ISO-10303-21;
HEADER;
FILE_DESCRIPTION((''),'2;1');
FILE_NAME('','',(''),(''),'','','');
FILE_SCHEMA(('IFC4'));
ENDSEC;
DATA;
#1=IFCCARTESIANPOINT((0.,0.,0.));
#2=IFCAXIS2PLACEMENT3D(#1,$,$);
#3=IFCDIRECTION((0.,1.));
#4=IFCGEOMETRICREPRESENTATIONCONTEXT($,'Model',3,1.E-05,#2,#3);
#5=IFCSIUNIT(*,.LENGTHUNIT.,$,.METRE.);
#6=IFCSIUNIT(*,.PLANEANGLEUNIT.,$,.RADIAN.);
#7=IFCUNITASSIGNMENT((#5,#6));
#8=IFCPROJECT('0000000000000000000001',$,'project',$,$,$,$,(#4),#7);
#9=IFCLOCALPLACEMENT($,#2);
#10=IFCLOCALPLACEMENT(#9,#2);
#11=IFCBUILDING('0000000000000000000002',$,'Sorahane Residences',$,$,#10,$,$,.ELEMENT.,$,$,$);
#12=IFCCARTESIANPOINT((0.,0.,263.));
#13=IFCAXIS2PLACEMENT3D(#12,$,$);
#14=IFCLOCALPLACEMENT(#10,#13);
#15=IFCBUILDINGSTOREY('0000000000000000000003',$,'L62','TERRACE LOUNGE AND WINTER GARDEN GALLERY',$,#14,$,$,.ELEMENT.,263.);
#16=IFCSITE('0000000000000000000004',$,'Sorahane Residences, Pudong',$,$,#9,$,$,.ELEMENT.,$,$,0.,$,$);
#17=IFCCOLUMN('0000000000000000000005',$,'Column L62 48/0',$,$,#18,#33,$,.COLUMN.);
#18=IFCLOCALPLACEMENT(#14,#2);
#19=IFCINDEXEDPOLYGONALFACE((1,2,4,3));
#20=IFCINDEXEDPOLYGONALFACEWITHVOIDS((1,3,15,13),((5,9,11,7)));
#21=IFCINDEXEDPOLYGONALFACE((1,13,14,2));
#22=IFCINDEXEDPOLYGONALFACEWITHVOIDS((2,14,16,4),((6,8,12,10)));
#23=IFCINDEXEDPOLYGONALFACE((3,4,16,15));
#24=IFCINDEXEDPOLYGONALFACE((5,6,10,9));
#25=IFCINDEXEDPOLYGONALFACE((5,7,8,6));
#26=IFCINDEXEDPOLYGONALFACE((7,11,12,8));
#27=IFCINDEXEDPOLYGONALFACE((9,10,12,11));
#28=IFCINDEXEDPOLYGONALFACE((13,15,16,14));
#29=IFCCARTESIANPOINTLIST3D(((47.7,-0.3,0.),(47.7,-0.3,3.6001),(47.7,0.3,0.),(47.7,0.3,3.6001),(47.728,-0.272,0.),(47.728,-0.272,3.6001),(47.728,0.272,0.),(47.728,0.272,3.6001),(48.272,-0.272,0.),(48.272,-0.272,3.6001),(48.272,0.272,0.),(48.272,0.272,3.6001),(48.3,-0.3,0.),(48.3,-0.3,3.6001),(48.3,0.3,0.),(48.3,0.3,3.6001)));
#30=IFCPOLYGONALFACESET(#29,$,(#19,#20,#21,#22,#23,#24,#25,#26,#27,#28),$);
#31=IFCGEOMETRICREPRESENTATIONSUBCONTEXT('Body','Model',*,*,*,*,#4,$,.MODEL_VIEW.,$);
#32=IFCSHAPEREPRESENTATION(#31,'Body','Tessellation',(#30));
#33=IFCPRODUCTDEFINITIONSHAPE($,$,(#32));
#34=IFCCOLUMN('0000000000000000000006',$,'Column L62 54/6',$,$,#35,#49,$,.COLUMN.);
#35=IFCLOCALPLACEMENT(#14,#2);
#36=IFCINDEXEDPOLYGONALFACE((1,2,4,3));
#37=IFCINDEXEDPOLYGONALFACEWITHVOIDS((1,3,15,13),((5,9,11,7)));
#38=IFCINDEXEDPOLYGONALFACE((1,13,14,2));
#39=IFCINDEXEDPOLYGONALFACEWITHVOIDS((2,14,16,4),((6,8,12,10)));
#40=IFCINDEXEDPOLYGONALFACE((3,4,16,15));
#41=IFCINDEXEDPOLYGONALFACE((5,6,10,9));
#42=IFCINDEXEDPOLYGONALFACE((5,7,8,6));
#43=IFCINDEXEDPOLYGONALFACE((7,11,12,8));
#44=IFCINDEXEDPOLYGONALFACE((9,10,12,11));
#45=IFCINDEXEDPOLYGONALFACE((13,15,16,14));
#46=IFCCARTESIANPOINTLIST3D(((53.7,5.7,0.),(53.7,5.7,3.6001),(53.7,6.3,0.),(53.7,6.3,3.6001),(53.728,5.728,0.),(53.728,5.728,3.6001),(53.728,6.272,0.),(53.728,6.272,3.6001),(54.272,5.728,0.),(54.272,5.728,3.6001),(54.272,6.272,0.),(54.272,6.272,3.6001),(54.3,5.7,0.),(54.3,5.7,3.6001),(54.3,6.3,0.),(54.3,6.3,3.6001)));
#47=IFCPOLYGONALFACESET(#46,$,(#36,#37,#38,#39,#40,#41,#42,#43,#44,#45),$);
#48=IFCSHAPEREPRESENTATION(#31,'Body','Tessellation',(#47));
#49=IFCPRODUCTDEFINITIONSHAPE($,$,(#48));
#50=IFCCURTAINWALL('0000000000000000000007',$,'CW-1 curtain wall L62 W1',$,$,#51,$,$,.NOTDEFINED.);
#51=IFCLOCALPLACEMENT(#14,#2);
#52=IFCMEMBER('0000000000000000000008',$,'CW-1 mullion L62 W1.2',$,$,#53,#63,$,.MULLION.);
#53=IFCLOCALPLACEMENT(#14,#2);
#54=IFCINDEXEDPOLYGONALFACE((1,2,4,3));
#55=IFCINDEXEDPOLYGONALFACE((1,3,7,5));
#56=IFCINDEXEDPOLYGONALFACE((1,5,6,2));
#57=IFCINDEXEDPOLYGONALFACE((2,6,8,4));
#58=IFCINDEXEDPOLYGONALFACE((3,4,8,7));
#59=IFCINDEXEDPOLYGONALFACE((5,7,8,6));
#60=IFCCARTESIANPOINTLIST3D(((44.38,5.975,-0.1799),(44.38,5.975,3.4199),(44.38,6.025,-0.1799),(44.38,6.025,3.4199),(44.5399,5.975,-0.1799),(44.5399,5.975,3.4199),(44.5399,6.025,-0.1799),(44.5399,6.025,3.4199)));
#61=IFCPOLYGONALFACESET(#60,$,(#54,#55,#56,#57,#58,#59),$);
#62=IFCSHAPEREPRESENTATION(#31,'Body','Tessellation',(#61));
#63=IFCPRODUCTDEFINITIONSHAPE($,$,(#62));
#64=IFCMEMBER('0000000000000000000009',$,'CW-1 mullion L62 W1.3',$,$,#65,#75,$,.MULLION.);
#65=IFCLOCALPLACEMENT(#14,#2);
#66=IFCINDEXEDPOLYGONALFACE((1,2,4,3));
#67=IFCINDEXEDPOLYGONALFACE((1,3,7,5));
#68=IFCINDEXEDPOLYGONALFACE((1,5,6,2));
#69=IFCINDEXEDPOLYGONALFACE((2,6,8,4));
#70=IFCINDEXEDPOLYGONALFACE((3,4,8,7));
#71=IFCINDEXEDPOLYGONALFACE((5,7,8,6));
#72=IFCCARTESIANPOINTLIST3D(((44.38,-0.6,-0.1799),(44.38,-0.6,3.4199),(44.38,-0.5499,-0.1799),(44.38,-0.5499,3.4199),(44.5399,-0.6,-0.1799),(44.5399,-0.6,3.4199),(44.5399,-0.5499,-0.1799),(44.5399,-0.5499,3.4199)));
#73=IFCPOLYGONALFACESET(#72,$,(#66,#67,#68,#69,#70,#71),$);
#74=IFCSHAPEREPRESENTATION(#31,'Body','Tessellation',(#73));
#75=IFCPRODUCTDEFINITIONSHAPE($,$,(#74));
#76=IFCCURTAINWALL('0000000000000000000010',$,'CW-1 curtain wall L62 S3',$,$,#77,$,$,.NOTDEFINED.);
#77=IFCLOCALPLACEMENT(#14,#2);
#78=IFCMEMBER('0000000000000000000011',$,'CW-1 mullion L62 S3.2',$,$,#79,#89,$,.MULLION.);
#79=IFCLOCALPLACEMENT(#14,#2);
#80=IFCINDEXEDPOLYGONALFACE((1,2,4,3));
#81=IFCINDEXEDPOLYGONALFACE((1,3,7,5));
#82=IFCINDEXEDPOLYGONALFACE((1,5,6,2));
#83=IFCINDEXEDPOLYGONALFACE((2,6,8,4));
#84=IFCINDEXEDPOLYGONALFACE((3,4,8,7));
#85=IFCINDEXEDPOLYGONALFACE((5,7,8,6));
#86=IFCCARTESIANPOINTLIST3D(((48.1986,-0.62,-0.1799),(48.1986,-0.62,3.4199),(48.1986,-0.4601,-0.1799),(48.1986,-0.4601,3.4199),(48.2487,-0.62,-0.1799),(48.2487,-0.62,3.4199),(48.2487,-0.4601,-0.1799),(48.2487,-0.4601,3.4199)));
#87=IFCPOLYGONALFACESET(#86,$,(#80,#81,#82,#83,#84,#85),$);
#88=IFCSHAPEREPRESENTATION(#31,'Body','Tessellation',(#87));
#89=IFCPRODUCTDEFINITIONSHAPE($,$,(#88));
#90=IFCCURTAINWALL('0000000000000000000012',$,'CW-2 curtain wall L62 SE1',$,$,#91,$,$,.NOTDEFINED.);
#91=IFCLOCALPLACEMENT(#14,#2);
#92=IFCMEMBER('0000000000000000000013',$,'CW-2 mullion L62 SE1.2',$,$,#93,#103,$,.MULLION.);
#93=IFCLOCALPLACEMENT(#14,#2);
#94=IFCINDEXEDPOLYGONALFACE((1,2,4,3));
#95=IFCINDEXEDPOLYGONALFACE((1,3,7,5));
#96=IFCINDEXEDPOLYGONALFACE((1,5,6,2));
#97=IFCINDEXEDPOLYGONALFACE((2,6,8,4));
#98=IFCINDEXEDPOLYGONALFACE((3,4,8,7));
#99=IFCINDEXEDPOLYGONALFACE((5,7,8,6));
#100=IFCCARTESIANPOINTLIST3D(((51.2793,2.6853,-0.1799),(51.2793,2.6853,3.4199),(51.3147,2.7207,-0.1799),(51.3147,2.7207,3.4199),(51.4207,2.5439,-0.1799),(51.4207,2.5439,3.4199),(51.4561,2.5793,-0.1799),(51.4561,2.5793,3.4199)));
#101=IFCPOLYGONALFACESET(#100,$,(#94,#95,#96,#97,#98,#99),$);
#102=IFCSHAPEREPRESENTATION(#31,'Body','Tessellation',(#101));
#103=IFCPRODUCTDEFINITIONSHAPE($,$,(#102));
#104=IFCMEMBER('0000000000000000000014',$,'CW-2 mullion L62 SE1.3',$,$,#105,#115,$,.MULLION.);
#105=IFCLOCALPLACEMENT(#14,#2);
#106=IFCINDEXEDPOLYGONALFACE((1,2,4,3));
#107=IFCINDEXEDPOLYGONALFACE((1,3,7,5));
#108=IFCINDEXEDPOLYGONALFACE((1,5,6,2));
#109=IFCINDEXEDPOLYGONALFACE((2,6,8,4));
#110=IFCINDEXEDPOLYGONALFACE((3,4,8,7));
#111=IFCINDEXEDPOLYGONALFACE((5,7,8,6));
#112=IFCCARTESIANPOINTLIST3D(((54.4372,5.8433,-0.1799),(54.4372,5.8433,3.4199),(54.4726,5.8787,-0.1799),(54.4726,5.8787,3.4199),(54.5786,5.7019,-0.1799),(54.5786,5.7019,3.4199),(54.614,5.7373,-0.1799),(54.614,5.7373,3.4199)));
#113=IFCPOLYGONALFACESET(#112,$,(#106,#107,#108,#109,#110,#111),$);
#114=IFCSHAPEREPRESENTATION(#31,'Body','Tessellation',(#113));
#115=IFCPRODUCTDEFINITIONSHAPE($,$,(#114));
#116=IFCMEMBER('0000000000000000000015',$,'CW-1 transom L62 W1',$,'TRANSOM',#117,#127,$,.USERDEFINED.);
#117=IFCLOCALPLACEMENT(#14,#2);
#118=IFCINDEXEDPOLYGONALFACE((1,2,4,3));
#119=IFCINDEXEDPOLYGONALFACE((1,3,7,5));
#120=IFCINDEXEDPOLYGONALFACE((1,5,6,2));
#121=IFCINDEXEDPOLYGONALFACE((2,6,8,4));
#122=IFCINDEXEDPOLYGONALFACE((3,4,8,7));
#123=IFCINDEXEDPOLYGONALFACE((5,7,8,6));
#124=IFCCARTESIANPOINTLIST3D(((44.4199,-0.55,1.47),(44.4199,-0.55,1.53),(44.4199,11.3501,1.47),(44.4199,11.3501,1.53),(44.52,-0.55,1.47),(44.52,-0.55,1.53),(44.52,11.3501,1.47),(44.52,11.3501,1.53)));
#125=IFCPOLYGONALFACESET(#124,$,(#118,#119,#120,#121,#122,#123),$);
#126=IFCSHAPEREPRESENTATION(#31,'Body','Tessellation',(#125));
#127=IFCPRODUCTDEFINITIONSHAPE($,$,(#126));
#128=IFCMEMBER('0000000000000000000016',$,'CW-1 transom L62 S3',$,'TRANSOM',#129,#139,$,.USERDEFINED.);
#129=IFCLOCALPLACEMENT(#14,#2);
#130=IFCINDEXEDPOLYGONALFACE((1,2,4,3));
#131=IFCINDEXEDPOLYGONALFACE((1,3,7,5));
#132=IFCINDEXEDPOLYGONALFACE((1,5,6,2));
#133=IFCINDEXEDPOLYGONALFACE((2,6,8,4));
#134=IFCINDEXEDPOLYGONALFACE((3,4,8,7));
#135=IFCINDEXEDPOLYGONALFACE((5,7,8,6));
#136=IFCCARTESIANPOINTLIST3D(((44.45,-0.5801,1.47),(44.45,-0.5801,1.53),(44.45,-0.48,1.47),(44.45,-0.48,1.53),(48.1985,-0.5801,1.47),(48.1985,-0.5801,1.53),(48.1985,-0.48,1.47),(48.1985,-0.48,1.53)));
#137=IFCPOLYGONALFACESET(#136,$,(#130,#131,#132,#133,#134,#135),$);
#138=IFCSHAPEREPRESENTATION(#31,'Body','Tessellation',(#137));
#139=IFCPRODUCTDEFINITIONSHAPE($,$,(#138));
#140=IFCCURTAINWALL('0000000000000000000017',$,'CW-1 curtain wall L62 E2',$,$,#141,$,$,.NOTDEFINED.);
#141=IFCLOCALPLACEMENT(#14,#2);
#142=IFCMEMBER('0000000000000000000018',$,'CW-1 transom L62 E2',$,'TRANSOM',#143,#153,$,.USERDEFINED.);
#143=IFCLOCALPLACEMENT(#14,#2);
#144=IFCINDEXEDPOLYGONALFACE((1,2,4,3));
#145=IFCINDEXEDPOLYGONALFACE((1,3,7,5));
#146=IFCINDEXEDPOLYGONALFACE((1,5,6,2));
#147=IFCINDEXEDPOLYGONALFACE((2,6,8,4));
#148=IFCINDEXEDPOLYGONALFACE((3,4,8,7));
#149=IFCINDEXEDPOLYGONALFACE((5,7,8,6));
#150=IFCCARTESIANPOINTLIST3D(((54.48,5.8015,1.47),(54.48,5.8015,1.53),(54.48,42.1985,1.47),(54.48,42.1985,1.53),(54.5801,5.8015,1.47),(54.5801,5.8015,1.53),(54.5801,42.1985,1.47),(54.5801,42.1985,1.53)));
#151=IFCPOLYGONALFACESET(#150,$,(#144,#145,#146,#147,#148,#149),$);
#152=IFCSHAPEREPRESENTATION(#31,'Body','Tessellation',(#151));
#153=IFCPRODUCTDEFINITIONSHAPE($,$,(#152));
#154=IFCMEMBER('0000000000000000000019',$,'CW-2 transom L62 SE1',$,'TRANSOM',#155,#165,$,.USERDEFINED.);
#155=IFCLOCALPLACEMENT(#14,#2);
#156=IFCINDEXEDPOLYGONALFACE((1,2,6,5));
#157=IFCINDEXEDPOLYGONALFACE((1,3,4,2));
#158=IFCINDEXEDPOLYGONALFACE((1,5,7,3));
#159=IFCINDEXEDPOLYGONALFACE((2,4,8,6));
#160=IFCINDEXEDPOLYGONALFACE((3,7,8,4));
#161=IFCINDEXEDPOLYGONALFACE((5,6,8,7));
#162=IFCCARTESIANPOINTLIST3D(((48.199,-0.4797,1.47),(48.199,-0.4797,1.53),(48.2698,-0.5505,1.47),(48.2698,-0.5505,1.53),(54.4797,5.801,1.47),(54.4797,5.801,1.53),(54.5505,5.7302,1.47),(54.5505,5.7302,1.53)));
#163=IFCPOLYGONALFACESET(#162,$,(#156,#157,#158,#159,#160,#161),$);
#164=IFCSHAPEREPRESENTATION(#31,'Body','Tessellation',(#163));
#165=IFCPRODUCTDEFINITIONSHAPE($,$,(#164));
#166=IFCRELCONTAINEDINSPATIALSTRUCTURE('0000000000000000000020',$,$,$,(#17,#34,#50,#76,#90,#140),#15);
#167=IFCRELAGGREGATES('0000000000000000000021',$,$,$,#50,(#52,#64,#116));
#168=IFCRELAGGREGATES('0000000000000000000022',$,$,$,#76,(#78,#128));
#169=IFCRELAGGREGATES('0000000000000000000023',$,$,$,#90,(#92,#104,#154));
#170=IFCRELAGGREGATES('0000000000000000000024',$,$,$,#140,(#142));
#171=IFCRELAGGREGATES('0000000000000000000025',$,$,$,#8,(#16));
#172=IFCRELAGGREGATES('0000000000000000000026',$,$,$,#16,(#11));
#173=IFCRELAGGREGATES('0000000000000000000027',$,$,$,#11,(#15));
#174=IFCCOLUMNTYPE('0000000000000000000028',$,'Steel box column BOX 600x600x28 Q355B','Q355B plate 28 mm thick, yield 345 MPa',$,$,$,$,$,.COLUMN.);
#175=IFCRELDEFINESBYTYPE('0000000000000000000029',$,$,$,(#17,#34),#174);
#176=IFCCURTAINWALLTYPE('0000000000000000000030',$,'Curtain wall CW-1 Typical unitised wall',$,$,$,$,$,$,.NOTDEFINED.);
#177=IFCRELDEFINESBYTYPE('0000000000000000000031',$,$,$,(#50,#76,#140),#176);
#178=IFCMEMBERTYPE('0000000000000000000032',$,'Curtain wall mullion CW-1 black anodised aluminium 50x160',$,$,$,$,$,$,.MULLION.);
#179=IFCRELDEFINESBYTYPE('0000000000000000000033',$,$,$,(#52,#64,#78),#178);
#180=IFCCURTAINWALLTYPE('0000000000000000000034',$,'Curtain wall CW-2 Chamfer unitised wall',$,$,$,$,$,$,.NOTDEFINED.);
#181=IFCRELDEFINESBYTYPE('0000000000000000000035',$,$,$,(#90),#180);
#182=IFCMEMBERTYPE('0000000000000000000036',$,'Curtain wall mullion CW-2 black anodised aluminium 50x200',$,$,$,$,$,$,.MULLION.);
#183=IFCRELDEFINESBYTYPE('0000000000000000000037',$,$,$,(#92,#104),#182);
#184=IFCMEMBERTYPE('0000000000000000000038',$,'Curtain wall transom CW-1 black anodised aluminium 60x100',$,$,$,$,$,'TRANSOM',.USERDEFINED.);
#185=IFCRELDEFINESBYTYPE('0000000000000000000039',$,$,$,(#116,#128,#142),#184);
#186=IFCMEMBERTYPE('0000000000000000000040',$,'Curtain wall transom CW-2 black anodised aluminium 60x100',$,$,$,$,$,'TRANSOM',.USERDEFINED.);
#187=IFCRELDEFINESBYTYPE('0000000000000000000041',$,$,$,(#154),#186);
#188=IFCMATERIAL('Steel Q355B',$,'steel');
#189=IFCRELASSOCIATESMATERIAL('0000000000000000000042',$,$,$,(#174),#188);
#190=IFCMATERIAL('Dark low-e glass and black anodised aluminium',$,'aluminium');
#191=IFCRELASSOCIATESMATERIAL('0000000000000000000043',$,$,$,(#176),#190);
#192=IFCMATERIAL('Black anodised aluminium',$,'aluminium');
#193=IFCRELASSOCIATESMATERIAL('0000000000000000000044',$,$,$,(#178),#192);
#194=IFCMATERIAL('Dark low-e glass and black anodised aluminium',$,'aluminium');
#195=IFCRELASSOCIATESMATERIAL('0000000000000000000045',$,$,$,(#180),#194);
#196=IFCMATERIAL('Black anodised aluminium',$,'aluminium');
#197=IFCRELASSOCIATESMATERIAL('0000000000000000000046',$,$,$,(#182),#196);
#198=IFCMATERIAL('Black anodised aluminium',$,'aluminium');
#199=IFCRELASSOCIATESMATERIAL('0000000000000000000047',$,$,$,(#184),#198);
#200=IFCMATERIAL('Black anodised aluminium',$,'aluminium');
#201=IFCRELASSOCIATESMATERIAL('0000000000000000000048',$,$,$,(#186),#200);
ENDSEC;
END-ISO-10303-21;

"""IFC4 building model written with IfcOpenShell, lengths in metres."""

from ifc_helpers import new_model, si_unit, direction, frame, origin, origin_2d, place, context, subcontext, project, spatial, rectangle, hollow_rectangle, extrude, material, material_profile, profile_set, type_object, element, aggregate, save


model = new_model("IFC4")

# Units and contexts
model_context = context("Model", 3, precision=1e-05, world=origin(), true_north=direction((0.0, 1.0)))
body_context = subcontext(model_context, "Body", "Model", "MODEL_VIEW")
ifc_project = project(units=[si_unit("LENGTHUNIT", "METRE"), si_unit("PLANEANGLEUNIT", "RADIAN")], contexts=[model_context])

# Site, building, storey
site_placement = place(None, origin())
site = spatial("IfcSite", under=ifc_project, at=site_placement, Name="Sorahane Residences, Pudong", CompositionType="ELEMENT", RefElevation=0.0)
building_placement = place(site_placement, origin())
building = spatial("IfcBuilding", under=site, at=building_placement, Name="Sorahane Residences", CompositionType="ELEMENT")
storey_placement = place(building_placement, frame((0.0, 0.0, 263.0)))
storey = spatial("IfcBuildingStorey", under=building, at=storey_placement, Name="L62", Description="TERRACE LOUNGE AND WINTER GARDEN GALLERY", CompositionType="ELEMENT", Elevation=263.0)

# Columns
ifc_material_1 = material(Name="Steel Q355B", Category="steel")
ifc_material_profile_1 = material_profile(ifc_material_1, hollow_rectangle(XDim=0.6001, YDim=0.6001, WallThickness=0.0281, at=origin_2d()), Name="BOX 600x600x28")
ifc_profile_set_1 = profile_set([ifc_material_profile_1], Name="Steel Q355B")
column_type = type_object("IfcColumnType", Name="Steel box column BOX 600x600x28 Q355B", Description="Q355B plate 28 mm thick, yield 345 MPa", PredefinedType="COLUMN", material=ifc_profile_set_1)
for number, where, z_axis, x_axis, name in (
    (1, (48.0, 0.0, 0.0), (0.0, 0.0, 1.0), (1.0, 0.0, 0.0), "Column L62 48/0"),
    (2, (54.0, 6.0, 0.0), (0.0, 0.0, 1.0), (1.0, 0.0, 0.0), "Column L62 54/6"),
):
    element("IfcColumn", number, at=place(storey_placement, frame(where, z_axis=z_axis, x_axis=x_axis)), inside=storey, type_object=column_type, Name=name, PredefinedType="COLUMN", context=body_context, shape_type="SweptSolid", body=[
        extrude(hollow_rectangle(XDim=0.6001, YDim=0.6001, WallThickness=0.0281, at=origin_2d()), origin(), (0.0, 0.0, 1.0), 3.6001),
    ])

# Curtain wall, members
ifc_material_2 = material(Name="Dark low-e glass and black anodised aluminium", Category="aluminium")
curtain_wall_type_1 = type_object("IfcCurtainWallType", Name="Curtain wall CW-1 Typical unitised wall", PredefinedType="NOTDEFINED", material=ifc_material_2)
curtain_wall_1_placement = place(storey_placement, origin())
curtain_wall_1 = element("IfcCurtainWall", 3, at=curtain_wall_1_placement, inside=storey, type_object=curtain_wall_type_1, Name="CW-1 curtain wall L62 W1", PredefinedType="NOTDEFINED")
ifc_material_3 = material(Name="Black anodised aluminium", Category="aluminium")
ifc_material_profile_2 = material_profile(ifc_material_3, rectangle(XDim=0.1599, YDim=0.05, at=origin_2d()), Name="Curtain wall mullion CW-1 black anodised aluminium 50x160")
ifc_profile_set_2 = profile_set([ifc_material_profile_2], Name="Black anodised aluminium")
member_type_1 = type_object("IfcMemberType", Name="Curtain wall mullion CW-1 black anodised aluminium 50x160", PredefinedType="MULLION", material=ifc_profile_set_2)
member_1_placement = place(storey_placement, frame((44.46, 6.0, -0.1799), z_axis=(0.0, 0.0, 1.0), x_axis=(-1.0, 0.0, 0.0)))
member_1 = element("IfcMember", 4, at=member_1_placement, type_object=member_type_1, Name="CW-1 mullion L62 W1.2", PredefinedType="MULLION", context=body_context, shape_type="SweptSolid", body=[
    extrude(rectangle(XDim=0.1599, YDim=0.05, at=origin_2d()), origin(), (0.0, 0.0, 1.0), 3.5999),
])
member_2_placement = place(storey_placement, frame((44.46, -0.575, -0.1799), z_axis=(0.0, 0.0, 1.0), x_axis=(-1.0, 0.0, 0.0)))
member_2 = element("IfcMember", 5, at=member_2_placement, type_object=member_type_1, Name="CW-1 mullion L62 W1.3", PredefinedType="MULLION", context=body_context, shape_type="SweptSolid", body=[
    extrude(rectangle(XDim=0.1599, YDim=0.05, at=origin_2d()), origin(), (0.0, 0.0, 1.0), 3.5999),
])

# Curtain wall, member
curtain_wall_2_placement = place(storey_placement, origin())
curtain_wall_2 = element("IfcCurtainWall", 6, at=curtain_wall_2_placement, inside=storey, type_object=curtain_wall_type_1, Name="CW-1 curtain wall L62 S3", PredefinedType="NOTDEFINED")
member_3_placement = place(storey_placement, frame((48.2236, -0.54, -0.1799), z_axis=(0.0, 0.0, 1.0), x_axis=(0.0, -1.0, 0.0)))
member_3 = element("IfcMember", 7, at=member_3_placement, type_object=member_type_1, Name="CW-1 mullion L62 S3.2", PredefinedType="MULLION", context=body_context, shape_type="SweptSolid", body=[
    extrude(rectangle(XDim=0.1599, YDim=0.05, at=origin_2d()), origin(), (0.0, 0.0, 1.0), 3.5999),
])

# Curtain wall, members
ifc_material_4 = material(Name="Dark low-e glass and black anodised aluminium", Category="aluminium")
curtain_wall_type_2 = type_object("IfcCurtainWallType", Name="Curtain wall CW-2 Chamfer unitised wall", PredefinedType="NOTDEFINED", material=ifc_material_4)
curtain_wall_3_placement = place(storey_placement, origin())
curtain_wall_3 = element("IfcCurtainWall", 8, at=curtain_wall_3_placement, inside=storey, type_object=curtain_wall_type_2, Name="CW-2 curtain wall L62 SE1", PredefinedType="NOTDEFINED")
ifc_material_5 = material(Name="Black anodised aluminium", Category="aluminium")
ifc_material_profile_3 = material_profile(ifc_material_5, rectangle(XDim=0.2, YDim=0.05, at=origin_2d()), Name="Curtain wall mullion CW-2 black anodised aluminium 50x200")
ifc_profile_set_3 = profile_set([ifc_material_profile_3], Name="Black anodised aluminium")
member_type_2 = type_object("IfcMemberType", Name="Curtain wall mullion CW-2 black anodised aluminium 50x200", PredefinedType="MULLION", material=ifc_profile_set_3)
member_4_placement = place(storey_placement, frame((51.3677, 2.6323, -0.1799), z_axis=(0.0, 0.0, 1.0), x_axis=(0.707107, -0.707107, 0.0)))
member_4 = element("IfcMember", 9, at=member_4_placement, type_object=member_type_2, Name="CW-2 mullion L62 SE1.2", PredefinedType="MULLION", context=body_context, shape_type="SweptSolid", body=[
    extrude(rectangle(XDim=0.2, YDim=0.05, at=origin_2d()), origin(), (0.0, 0.0, 1.0), 3.5999),
])
member_5_placement = place(storey_placement, frame((54.5256, 5.7903, -0.1799), z_axis=(0.0, 0.0, 1.0), x_axis=(0.707107, -0.707107, 0.0)))
member_5 = element("IfcMember", 10, at=member_5_placement, type_object=member_type_2, Name="CW-2 mullion L62 SE1.3", PredefinedType="MULLION", context=body_context, shape_type="SweptSolid", body=[
    extrude(rectangle(XDim=0.2, YDim=0.05, at=origin_2d()), origin(), (0.0, 0.0, 1.0), 3.5999),
])

# Members
ifc_material_6 = material(Name="Black anodised aluminium", Category="aluminium")
ifc_material_profile_4 = material_profile(ifc_material_6, rectangle(XDim=0.1001, YDim=0.0601, at=origin_2d()), Name="Curtain wall transom CW-1 black anodised aluminium 60x100")
ifc_profile_set_4 = profile_set([ifc_material_profile_4], Name="Black anodised aluminium")
member_type_3 = type_object("IfcMemberType", Name="Curtain wall transom CW-1 black anodised aluminium 60x100", ElementType="TRANSOM", PredefinedType="USERDEFINED", material=ifc_profile_set_4)
member_6_placement = place(storey_placement, frame((44.47, 11.3501, 1.5), z_axis=(0.0, -1.0, 0.0), x_axis=(1.0, 0.0, 0.0)))
member_6 = element("IfcMember", 11, at=member_6_placement, type_object=member_type_3, Name="CW-1 transom L62 W1", ObjectType="TRANSOM", PredefinedType="USERDEFINED", context=body_context, shape_type="SweptSolid", body=[
    extrude(rectangle(XDim=0.1001, YDim=0.0601, at=origin_2d()), origin(), (0.0, 0.0, 1.0), 11.9001),
])
member_7_placement = place(storey_placement, frame((44.45, -0.53, 1.5), z_axis=(1.0, 0.0, 0.0), x_axis=(0.0, 1.0, 0.0)))
member_7 = element("IfcMember", 12, at=member_7_placement, type_object=member_type_3, Name="CW-1 transom L62 S3", ObjectType="TRANSOM", PredefinedType="USERDEFINED", context=body_context, shape_type="SweptSolid", body=[
    extrude(rectangle(XDim=0.1001, YDim=0.0601, at=origin_2d()), origin(), (0.0, 0.0, 1.0), 3.7485),
])

# Curtain wall, member
curtain_wall_4_placement = place(storey_placement, origin())
curtain_wall_4 = element("IfcCurtainWall", 13, at=curtain_wall_4_placement, inside=storey, type_object=curtain_wall_type_1, Name="CW-1 curtain wall L62 E2", PredefinedType="NOTDEFINED")
member_8_placement = place(storey_placement, frame((54.53, 5.8015, 1.5), z_axis=(0.0, 1.0, 0.0), x_axis=(-1.0, 0.0, 0.0)))
member_8 = element("IfcMember", 14, at=member_8_placement, type_object=member_type_3, Name="CW-1 transom L62 E2", ObjectType="TRANSOM", PredefinedType="USERDEFINED", context=body_context, shape_type="SweptSolid", body=[
    extrude(rectangle(XDim=0.1001, YDim=0.0601, at=origin_2d()), origin(), (0.0, 0.0, 1.0), 36.397),
])

# Member
ifc_material_7 = material(Name="Black anodised aluminium", Category="aluminium")
ifc_material_profile_5 = material_profile(ifc_material_7, rectangle(XDim=0.1001, YDim=0.0601, at=origin_2d()), Name="Curtain wall transom CW-2 black anodised aluminium 60x100")
ifc_profile_set_5 = profile_set([ifc_material_profile_5], Name="Black anodised aluminium")
member_type_4 = type_object("IfcMemberType", Name="Curtain wall transom CW-2 black anodised aluminium 60x100", ElementType="TRANSOM", PredefinedType="USERDEFINED", material=ifc_profile_set_5)
member_9_placement = place(storey_placement, frame((48.2344, -0.5151, 1.5), z_axis=(0.707107, 0.707107, 0.0), x_axis=(-0.707107, 0.707107, 0.0)))
member_9 = element("IfcMember", 15, at=member_9_placement, type_object=member_type_4, Name="CW-2 transom L62 SE1", ObjectType="TRANSOM", PredefinedType="USERDEFINED", context=body_context, shape_type="SweptSolid", body=[
    extrude(rectangle(XDim=0.1001, YDim=0.0601, at=origin_2d()), origin(), (0.0, 0.0, 1.0), 8.8823),
])

aggregate(curtain_wall_1, [member_1, member_2, member_6])
aggregate(curtain_wall_2, [member_3, member_7])
aggregate(curtain_wall_3, [member_4, member_5, member_9])
aggregate(curtain_wall_4, [member_8])

save(model, "model.ifc")
